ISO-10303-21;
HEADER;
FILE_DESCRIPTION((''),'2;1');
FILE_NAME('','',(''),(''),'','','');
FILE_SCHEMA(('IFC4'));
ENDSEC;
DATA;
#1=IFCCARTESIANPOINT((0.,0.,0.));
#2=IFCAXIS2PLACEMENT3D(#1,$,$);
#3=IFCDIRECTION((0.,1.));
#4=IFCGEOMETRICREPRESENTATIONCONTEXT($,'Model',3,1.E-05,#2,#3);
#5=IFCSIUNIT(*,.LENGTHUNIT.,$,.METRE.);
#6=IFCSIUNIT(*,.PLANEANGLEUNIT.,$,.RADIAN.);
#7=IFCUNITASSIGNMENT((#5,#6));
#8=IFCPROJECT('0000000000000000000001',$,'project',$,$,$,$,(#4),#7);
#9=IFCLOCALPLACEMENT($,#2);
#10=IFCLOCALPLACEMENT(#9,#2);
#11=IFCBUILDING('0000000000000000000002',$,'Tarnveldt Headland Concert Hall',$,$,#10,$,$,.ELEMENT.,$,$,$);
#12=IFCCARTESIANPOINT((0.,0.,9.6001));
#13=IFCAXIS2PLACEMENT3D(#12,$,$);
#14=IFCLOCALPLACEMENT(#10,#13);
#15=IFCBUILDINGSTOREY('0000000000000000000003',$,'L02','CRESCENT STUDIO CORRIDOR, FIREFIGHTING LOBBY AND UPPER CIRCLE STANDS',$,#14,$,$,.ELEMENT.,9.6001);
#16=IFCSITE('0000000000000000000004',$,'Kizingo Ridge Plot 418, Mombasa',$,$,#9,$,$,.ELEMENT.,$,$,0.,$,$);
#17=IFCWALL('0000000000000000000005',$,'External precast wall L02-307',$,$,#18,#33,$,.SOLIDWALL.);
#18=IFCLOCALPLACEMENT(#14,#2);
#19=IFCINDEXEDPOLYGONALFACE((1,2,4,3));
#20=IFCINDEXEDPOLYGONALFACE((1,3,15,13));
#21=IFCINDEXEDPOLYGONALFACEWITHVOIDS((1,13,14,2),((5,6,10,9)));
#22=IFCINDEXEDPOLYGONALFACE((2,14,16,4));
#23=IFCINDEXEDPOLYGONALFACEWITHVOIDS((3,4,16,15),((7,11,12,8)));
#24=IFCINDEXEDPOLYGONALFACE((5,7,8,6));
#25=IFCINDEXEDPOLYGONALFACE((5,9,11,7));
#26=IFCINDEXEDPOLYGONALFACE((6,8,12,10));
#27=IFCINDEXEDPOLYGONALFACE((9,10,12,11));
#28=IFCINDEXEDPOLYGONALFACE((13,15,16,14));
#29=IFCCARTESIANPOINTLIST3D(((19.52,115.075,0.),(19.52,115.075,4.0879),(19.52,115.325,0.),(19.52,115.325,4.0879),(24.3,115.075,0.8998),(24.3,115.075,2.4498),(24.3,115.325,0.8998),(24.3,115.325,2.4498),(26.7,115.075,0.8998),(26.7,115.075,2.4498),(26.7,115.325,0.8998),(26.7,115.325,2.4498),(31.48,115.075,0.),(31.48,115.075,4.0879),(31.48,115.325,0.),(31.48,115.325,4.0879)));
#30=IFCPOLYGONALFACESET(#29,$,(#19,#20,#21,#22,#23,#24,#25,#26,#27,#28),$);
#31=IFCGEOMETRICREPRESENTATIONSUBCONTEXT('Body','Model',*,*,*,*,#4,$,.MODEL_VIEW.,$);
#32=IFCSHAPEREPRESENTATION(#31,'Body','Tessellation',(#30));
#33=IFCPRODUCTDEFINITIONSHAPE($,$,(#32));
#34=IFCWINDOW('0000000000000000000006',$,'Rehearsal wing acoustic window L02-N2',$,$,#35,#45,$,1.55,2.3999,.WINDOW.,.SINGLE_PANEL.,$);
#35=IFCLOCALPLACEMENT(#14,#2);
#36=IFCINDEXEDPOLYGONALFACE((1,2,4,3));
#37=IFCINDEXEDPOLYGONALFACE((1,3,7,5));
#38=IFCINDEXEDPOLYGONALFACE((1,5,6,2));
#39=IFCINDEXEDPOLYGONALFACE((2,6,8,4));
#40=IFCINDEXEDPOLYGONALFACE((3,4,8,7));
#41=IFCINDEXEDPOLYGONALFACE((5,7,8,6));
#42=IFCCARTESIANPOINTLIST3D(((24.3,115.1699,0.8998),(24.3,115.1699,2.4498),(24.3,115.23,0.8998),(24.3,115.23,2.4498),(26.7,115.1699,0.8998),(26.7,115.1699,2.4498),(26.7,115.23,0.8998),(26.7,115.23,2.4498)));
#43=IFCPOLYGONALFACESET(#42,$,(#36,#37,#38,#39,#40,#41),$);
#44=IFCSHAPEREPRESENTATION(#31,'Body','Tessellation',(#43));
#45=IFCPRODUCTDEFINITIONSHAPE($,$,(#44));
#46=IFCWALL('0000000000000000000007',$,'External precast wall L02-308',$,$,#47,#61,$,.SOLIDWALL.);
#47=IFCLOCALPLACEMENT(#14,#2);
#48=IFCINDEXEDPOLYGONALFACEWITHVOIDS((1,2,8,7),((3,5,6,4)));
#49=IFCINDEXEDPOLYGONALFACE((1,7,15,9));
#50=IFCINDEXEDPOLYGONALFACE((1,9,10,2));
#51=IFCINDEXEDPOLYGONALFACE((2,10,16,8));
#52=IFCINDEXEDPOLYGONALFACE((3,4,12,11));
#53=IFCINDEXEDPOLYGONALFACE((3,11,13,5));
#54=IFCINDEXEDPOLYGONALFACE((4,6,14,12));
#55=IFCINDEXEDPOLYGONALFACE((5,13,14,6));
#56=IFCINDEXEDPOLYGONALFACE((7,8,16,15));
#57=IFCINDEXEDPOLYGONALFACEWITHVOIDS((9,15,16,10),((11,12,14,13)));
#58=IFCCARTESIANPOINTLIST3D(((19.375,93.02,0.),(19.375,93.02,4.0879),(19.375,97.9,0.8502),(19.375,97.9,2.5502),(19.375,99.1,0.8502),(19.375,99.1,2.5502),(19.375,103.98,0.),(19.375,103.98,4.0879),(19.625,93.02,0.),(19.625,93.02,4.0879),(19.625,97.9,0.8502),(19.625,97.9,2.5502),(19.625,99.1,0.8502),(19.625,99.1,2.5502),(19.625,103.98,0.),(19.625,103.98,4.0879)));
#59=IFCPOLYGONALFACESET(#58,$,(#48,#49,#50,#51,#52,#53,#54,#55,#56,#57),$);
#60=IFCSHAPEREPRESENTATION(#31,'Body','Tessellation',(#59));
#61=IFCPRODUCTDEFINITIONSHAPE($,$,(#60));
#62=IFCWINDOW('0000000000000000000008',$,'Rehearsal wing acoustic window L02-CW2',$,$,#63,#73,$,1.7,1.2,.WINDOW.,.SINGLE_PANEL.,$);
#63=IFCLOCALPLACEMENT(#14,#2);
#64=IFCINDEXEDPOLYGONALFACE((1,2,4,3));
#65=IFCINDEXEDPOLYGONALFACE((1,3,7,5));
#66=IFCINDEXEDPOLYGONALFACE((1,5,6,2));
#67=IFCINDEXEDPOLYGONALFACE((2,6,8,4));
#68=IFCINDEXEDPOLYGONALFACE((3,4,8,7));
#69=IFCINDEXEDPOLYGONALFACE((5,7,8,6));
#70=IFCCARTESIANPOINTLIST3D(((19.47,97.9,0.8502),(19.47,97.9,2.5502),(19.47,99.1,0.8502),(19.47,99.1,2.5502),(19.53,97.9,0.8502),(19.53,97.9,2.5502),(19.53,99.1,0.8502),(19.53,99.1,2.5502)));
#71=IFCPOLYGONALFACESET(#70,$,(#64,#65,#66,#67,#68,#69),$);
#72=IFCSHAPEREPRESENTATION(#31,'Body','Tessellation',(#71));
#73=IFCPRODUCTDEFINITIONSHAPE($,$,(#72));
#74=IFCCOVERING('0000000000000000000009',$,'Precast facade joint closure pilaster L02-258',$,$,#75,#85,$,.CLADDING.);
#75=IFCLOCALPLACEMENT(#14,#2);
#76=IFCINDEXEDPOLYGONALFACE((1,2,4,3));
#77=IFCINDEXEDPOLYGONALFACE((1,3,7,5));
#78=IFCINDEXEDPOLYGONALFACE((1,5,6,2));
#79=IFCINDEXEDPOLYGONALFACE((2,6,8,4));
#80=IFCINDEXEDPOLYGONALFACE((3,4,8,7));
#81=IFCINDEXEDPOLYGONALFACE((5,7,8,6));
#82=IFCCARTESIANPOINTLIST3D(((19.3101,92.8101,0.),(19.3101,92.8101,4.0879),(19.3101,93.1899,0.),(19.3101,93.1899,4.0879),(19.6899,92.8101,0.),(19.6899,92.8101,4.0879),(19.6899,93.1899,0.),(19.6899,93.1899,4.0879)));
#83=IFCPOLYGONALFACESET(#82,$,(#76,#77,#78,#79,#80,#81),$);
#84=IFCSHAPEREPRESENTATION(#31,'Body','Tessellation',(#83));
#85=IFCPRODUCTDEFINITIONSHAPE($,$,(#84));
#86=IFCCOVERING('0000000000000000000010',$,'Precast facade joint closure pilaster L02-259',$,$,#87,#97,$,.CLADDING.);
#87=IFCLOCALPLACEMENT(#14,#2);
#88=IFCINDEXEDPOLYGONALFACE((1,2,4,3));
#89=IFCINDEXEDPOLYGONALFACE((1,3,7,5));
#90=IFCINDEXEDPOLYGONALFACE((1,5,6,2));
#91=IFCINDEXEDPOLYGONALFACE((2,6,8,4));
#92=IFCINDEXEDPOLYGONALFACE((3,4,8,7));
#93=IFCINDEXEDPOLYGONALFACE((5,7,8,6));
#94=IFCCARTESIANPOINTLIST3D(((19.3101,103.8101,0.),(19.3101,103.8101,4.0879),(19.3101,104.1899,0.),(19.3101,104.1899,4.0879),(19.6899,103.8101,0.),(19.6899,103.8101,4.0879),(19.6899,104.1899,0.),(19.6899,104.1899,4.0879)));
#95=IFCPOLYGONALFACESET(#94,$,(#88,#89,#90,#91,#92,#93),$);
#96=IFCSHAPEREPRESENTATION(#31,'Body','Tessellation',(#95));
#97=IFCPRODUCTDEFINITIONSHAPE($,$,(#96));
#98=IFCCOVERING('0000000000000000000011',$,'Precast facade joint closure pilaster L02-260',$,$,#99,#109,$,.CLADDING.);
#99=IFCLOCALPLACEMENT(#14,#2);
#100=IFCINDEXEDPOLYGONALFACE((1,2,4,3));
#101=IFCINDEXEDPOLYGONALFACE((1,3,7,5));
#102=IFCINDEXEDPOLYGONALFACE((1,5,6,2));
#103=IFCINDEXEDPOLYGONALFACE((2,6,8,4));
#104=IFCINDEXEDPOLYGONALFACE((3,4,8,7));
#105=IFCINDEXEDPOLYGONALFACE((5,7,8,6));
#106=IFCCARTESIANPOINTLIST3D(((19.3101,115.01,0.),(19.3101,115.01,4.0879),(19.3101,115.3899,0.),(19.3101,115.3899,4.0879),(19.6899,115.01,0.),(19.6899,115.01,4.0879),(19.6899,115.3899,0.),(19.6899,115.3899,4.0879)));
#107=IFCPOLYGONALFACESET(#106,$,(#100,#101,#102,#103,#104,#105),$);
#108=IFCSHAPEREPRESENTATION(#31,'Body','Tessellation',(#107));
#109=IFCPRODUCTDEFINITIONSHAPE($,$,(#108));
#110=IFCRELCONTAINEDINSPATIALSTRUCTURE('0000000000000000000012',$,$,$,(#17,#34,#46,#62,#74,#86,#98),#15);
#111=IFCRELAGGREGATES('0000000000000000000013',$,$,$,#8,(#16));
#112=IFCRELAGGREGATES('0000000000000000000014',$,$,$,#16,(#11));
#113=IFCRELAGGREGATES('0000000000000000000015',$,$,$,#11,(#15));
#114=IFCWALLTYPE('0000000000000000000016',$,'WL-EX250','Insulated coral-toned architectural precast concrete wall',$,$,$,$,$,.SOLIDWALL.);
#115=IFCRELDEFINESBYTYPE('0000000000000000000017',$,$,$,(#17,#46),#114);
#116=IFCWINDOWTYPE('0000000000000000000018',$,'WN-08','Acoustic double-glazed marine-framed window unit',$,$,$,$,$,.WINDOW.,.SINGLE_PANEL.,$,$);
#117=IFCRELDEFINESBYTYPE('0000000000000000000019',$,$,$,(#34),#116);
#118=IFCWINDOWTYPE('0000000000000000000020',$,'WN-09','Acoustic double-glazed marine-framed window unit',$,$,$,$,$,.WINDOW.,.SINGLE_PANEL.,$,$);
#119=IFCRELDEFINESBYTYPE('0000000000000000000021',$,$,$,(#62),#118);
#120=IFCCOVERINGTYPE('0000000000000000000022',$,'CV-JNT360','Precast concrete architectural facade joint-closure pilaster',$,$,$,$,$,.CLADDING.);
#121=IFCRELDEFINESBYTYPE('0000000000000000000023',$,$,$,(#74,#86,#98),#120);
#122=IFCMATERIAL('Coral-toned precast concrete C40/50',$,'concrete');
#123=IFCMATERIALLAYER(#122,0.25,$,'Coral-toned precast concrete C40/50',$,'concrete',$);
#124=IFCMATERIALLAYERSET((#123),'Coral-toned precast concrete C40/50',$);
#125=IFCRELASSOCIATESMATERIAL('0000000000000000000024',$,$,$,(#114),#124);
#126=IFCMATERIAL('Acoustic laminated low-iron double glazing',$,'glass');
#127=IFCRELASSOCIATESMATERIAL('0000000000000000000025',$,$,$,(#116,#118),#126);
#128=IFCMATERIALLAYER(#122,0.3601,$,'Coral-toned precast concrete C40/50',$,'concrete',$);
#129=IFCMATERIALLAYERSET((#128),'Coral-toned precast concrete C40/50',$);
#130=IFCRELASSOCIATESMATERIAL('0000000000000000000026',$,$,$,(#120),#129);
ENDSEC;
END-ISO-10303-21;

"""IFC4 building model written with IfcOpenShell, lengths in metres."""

from ifc_helpers import new_model, si_unit, direction, frame, frame_2d, origin, origin_2d, place, context, subcontext, project, spatial, rectangle, extrude, material, layer, layer_set, type_object, element, fill, save


model = new_model("IFC4")

# Units and contexts
model_context = context("Model", 3, precision=1e-05, world=origin(), true_north=direction((0.0, 1.0)))
body_context = subcontext(model_context, "Body", "Model", "MODEL_VIEW")
ifc_project = project(units=[si_unit("LENGTHUNIT", "METRE"), si_unit("PLANEANGLEUNIT", "RADIAN")], contexts=[model_context])

# Site, building, storey
site_placement = place(None, origin())
site = spatial("IfcSite", under=ifc_project, at=site_placement, Name="Kizingo Ridge Plot 418, Mombasa", CompositionType="ELEMENT", RefElevation=0.0)
building_placement = place(site_placement, origin())
building = spatial("IfcBuilding", under=site, at=building_placement, Name="Tarnveldt Headland Concert Hall", CompositionType="ELEMENT")
storey_placement = place(building_placement, frame((0.0, 0.0, 9.6001)))
storey = spatial("IfcBuildingStorey", under=building, at=storey_placement, Name="L02", Description="CRESCENT STUDIO CORRIDOR, FIREFIGHTING LOBBY AND UPPER CIRCLE STANDS", CompositionType="ELEMENT", Elevation=9.6001)

# Shared definitions
ifc_material_1 = material(Name="Acoustic laminated low-iron double glazing", Category="glass")

# Walls, openings, windows
ifc_material_2 = material(Name="Coral-toned precast concrete C40/50", Category="concrete")
ifc_layer_1 = layer(ifc_material_2, 0.25, Name="Coral-toned precast concrete C40/50", Category="concrete")
ifc_layer_set_1 = layer_set([ifc_layer_1], Name="Coral-toned precast concrete C40/50")
wall_type = type_object("IfcWallType", Name="WL-EX250", Description="Insulated coral-toned architectural precast concrete wall", PredefinedType="SOLIDWALL", material=ifc_layer_set_1)
wall_1_placement = place(storey_placement, frame((19.52, 115.2, 0.0), z_axis=(0.0, 0.0, 1.0), x_axis=(1.0, 0.0, 0.0)))
wall_1 = element("IfcWall", 1, at=wall_1_placement, inside=storey, type_object=wall_type, Name="External precast wall L02-307", PredefinedType="SOLIDWALL", context=body_context, shape_type="SweptSolid", body=[
    extrude(rectangle(XDim=11.96, YDim=0.25, at=frame_2d((5.98, 0.0))), origin(), (0.0, 0.0, 1.0), 4.0879),
])
opening_1_placement = place(wall_1_placement, frame((4.78, 0.0, 0.8999)))
opening_1 = element("IfcOpeningElement", 2, at=opening_1_placement, cuts=wall_1, PredefinedType="OPENING", context=body_context, shape_type="SweptSolid", body=[
    extrude(rectangle(XDim=2.3999, YDim=1.55, at=frame_2d((1.2, 0.7749))), frame((0.0, 0.135, 0.0), z_axis=(0.0, -1.0, 0.0), x_axis=(1.0, 0.0, 0.0)), (0.0, 0.0, 1.0), 0.27),
])
window_type_1 = type_object("IfcWindowType", Name="WN-08", Description="Acoustic double-glazed marine-framed window unit", PartitioningType="SINGLE_PANEL", PredefinedType="WINDOW", material=ifc_material_1)
window_1_placement = place(opening_1_placement, origin())
window_1 = element("IfcWindow", 3, at=window_1_placement, inside=storey, type_object=window_type_1, Name="Rehearsal wing acoustic window L02-N2", OverallHeight=1.55, OverallWidth=2.3999, PartitioningType="SINGLE_PANEL", PredefinedType="WINDOW", context=body_context, shape_type="SweptSolid", body=[
    extrude(rectangle(XDim=2.3999, YDim=1.55, at=frame_2d((1.2, 0.7749))), frame((0.0, 0.03, 0.0), z_axis=(0.0, -1.0, 0.0), x_axis=(1.0, 0.0, 0.0)), (0.0, 0.0, 1.0), 0.0601),
])
fill(opening_1, window_1)
wall_2_placement = place(storey_placement, frame((19.5, 93.02, 0.0), z_axis=(0.0, 0.0, 1.0), x_axis=(0.0, 1.0, 0.0)))
wall_2 = element("IfcWall", 4, at=wall_2_placement, inside=storey, type_object=wall_type, Name="External precast wall L02-308", PredefinedType="SOLIDWALL", context=body_context, shape_type="SweptSolid", body=[
    extrude(rectangle(XDim=10.96, YDim=0.25, at=frame_2d((5.48, 0.0))), origin(), (0.0, 0.0, 1.0), 4.0879),
])
opening_2_placement = place(wall_2_placement, frame((4.8799, 0.0, 0.8501)))
opening_2 = element("IfcOpeningElement", 5, at=opening_2_placement, cuts=wall_2, PredefinedType="OPENING", context=body_context, shape_type="SweptSolid", body=[
    extrude(rectangle(XDim=1.2, YDim=1.7, at=frame_2d((0.6001, 0.8501))), frame((0.0, 0.135, 0.0), z_axis=(0.0, -1.0, 0.0), x_axis=(1.0, 0.0, 0.0)), (0.0, 0.0, 1.0), 0.27),
])
window_type_2 = type_object("IfcWindowType", Name="WN-09", Description="Acoustic double-glazed marine-framed window unit", PartitioningType="SINGLE_PANEL", PredefinedType="WINDOW", material=ifc_material_1)
window_2_placement = place(opening_2_placement, origin())
window_2 = element("IfcWindow", 6, at=window_2_placement, inside=storey, type_object=window_type_2, Name="Rehearsal wing acoustic window L02-CW2", OverallHeight=1.7, OverallWidth=1.2, PartitioningType="SINGLE_PANEL", PredefinedType="WINDOW", context=body_context, shape_type="SweptSolid", body=[
    extrude(rectangle(XDim=1.2, YDim=1.7, at=frame_2d((0.6001, 0.8501))), frame((0.0, 0.03, 0.0), z_axis=(0.0, -1.0, 0.0), x_axis=(1.0, 0.0, 0.0)), (0.0, 0.0, 1.0), 0.0601),
])
fill(opening_2, window_2)

# Coverings
ifc_layer_2 = layer(ifc_material_2, 0.3601, Name="Coral-toned precast concrete C40/50", Category="concrete")
ifc_layer_set_2 = layer_set([ifc_layer_2], Name="Coral-toned precast concrete C40/50")
covering_type = type_object("IfcCoveringType", Name="CV-JNT360", Description="Precast concrete architectural facade joint-closure pilaster", PredefinedType="CLADDING", material=ifc_layer_set_2)
for number, where, z_axis, x_axis, name in (
    (7, (19.5, 93.0, 0.0), (0.0, 0.0, 1.0), (0.0, 1.0, 0.0), "Precast facade joint closure pilaster L02-258"),
    (8, (19.5, 104.0, 0.0), (0.0, 0.0, 1.0), (0.0, 1.0, 0.0), "Precast facade joint closure pilaster L02-259"),
    (9, (19.5, 115.2, 0.0), (0.0, 0.0, 1.0), (1.0, 0.0, 0.0), "Precast facade joint closure pilaster L02-260"),
):
    element("IfcCovering", number, at=place(storey_placement, frame(where, z_axis=z_axis, x_axis=x_axis)), inside=storey, type_object=covering_type, Name=name, PredefinedType="CLADDING", context=body_context, shape_type="SweptSolid", body=[
        extrude(rectangle(XDim=0.3799, YDim=0.3799, at=origin_2d()), origin(), (0.0, 0.0, 1.0), 4.0879),
    ])

save(model, "model.ifc")
